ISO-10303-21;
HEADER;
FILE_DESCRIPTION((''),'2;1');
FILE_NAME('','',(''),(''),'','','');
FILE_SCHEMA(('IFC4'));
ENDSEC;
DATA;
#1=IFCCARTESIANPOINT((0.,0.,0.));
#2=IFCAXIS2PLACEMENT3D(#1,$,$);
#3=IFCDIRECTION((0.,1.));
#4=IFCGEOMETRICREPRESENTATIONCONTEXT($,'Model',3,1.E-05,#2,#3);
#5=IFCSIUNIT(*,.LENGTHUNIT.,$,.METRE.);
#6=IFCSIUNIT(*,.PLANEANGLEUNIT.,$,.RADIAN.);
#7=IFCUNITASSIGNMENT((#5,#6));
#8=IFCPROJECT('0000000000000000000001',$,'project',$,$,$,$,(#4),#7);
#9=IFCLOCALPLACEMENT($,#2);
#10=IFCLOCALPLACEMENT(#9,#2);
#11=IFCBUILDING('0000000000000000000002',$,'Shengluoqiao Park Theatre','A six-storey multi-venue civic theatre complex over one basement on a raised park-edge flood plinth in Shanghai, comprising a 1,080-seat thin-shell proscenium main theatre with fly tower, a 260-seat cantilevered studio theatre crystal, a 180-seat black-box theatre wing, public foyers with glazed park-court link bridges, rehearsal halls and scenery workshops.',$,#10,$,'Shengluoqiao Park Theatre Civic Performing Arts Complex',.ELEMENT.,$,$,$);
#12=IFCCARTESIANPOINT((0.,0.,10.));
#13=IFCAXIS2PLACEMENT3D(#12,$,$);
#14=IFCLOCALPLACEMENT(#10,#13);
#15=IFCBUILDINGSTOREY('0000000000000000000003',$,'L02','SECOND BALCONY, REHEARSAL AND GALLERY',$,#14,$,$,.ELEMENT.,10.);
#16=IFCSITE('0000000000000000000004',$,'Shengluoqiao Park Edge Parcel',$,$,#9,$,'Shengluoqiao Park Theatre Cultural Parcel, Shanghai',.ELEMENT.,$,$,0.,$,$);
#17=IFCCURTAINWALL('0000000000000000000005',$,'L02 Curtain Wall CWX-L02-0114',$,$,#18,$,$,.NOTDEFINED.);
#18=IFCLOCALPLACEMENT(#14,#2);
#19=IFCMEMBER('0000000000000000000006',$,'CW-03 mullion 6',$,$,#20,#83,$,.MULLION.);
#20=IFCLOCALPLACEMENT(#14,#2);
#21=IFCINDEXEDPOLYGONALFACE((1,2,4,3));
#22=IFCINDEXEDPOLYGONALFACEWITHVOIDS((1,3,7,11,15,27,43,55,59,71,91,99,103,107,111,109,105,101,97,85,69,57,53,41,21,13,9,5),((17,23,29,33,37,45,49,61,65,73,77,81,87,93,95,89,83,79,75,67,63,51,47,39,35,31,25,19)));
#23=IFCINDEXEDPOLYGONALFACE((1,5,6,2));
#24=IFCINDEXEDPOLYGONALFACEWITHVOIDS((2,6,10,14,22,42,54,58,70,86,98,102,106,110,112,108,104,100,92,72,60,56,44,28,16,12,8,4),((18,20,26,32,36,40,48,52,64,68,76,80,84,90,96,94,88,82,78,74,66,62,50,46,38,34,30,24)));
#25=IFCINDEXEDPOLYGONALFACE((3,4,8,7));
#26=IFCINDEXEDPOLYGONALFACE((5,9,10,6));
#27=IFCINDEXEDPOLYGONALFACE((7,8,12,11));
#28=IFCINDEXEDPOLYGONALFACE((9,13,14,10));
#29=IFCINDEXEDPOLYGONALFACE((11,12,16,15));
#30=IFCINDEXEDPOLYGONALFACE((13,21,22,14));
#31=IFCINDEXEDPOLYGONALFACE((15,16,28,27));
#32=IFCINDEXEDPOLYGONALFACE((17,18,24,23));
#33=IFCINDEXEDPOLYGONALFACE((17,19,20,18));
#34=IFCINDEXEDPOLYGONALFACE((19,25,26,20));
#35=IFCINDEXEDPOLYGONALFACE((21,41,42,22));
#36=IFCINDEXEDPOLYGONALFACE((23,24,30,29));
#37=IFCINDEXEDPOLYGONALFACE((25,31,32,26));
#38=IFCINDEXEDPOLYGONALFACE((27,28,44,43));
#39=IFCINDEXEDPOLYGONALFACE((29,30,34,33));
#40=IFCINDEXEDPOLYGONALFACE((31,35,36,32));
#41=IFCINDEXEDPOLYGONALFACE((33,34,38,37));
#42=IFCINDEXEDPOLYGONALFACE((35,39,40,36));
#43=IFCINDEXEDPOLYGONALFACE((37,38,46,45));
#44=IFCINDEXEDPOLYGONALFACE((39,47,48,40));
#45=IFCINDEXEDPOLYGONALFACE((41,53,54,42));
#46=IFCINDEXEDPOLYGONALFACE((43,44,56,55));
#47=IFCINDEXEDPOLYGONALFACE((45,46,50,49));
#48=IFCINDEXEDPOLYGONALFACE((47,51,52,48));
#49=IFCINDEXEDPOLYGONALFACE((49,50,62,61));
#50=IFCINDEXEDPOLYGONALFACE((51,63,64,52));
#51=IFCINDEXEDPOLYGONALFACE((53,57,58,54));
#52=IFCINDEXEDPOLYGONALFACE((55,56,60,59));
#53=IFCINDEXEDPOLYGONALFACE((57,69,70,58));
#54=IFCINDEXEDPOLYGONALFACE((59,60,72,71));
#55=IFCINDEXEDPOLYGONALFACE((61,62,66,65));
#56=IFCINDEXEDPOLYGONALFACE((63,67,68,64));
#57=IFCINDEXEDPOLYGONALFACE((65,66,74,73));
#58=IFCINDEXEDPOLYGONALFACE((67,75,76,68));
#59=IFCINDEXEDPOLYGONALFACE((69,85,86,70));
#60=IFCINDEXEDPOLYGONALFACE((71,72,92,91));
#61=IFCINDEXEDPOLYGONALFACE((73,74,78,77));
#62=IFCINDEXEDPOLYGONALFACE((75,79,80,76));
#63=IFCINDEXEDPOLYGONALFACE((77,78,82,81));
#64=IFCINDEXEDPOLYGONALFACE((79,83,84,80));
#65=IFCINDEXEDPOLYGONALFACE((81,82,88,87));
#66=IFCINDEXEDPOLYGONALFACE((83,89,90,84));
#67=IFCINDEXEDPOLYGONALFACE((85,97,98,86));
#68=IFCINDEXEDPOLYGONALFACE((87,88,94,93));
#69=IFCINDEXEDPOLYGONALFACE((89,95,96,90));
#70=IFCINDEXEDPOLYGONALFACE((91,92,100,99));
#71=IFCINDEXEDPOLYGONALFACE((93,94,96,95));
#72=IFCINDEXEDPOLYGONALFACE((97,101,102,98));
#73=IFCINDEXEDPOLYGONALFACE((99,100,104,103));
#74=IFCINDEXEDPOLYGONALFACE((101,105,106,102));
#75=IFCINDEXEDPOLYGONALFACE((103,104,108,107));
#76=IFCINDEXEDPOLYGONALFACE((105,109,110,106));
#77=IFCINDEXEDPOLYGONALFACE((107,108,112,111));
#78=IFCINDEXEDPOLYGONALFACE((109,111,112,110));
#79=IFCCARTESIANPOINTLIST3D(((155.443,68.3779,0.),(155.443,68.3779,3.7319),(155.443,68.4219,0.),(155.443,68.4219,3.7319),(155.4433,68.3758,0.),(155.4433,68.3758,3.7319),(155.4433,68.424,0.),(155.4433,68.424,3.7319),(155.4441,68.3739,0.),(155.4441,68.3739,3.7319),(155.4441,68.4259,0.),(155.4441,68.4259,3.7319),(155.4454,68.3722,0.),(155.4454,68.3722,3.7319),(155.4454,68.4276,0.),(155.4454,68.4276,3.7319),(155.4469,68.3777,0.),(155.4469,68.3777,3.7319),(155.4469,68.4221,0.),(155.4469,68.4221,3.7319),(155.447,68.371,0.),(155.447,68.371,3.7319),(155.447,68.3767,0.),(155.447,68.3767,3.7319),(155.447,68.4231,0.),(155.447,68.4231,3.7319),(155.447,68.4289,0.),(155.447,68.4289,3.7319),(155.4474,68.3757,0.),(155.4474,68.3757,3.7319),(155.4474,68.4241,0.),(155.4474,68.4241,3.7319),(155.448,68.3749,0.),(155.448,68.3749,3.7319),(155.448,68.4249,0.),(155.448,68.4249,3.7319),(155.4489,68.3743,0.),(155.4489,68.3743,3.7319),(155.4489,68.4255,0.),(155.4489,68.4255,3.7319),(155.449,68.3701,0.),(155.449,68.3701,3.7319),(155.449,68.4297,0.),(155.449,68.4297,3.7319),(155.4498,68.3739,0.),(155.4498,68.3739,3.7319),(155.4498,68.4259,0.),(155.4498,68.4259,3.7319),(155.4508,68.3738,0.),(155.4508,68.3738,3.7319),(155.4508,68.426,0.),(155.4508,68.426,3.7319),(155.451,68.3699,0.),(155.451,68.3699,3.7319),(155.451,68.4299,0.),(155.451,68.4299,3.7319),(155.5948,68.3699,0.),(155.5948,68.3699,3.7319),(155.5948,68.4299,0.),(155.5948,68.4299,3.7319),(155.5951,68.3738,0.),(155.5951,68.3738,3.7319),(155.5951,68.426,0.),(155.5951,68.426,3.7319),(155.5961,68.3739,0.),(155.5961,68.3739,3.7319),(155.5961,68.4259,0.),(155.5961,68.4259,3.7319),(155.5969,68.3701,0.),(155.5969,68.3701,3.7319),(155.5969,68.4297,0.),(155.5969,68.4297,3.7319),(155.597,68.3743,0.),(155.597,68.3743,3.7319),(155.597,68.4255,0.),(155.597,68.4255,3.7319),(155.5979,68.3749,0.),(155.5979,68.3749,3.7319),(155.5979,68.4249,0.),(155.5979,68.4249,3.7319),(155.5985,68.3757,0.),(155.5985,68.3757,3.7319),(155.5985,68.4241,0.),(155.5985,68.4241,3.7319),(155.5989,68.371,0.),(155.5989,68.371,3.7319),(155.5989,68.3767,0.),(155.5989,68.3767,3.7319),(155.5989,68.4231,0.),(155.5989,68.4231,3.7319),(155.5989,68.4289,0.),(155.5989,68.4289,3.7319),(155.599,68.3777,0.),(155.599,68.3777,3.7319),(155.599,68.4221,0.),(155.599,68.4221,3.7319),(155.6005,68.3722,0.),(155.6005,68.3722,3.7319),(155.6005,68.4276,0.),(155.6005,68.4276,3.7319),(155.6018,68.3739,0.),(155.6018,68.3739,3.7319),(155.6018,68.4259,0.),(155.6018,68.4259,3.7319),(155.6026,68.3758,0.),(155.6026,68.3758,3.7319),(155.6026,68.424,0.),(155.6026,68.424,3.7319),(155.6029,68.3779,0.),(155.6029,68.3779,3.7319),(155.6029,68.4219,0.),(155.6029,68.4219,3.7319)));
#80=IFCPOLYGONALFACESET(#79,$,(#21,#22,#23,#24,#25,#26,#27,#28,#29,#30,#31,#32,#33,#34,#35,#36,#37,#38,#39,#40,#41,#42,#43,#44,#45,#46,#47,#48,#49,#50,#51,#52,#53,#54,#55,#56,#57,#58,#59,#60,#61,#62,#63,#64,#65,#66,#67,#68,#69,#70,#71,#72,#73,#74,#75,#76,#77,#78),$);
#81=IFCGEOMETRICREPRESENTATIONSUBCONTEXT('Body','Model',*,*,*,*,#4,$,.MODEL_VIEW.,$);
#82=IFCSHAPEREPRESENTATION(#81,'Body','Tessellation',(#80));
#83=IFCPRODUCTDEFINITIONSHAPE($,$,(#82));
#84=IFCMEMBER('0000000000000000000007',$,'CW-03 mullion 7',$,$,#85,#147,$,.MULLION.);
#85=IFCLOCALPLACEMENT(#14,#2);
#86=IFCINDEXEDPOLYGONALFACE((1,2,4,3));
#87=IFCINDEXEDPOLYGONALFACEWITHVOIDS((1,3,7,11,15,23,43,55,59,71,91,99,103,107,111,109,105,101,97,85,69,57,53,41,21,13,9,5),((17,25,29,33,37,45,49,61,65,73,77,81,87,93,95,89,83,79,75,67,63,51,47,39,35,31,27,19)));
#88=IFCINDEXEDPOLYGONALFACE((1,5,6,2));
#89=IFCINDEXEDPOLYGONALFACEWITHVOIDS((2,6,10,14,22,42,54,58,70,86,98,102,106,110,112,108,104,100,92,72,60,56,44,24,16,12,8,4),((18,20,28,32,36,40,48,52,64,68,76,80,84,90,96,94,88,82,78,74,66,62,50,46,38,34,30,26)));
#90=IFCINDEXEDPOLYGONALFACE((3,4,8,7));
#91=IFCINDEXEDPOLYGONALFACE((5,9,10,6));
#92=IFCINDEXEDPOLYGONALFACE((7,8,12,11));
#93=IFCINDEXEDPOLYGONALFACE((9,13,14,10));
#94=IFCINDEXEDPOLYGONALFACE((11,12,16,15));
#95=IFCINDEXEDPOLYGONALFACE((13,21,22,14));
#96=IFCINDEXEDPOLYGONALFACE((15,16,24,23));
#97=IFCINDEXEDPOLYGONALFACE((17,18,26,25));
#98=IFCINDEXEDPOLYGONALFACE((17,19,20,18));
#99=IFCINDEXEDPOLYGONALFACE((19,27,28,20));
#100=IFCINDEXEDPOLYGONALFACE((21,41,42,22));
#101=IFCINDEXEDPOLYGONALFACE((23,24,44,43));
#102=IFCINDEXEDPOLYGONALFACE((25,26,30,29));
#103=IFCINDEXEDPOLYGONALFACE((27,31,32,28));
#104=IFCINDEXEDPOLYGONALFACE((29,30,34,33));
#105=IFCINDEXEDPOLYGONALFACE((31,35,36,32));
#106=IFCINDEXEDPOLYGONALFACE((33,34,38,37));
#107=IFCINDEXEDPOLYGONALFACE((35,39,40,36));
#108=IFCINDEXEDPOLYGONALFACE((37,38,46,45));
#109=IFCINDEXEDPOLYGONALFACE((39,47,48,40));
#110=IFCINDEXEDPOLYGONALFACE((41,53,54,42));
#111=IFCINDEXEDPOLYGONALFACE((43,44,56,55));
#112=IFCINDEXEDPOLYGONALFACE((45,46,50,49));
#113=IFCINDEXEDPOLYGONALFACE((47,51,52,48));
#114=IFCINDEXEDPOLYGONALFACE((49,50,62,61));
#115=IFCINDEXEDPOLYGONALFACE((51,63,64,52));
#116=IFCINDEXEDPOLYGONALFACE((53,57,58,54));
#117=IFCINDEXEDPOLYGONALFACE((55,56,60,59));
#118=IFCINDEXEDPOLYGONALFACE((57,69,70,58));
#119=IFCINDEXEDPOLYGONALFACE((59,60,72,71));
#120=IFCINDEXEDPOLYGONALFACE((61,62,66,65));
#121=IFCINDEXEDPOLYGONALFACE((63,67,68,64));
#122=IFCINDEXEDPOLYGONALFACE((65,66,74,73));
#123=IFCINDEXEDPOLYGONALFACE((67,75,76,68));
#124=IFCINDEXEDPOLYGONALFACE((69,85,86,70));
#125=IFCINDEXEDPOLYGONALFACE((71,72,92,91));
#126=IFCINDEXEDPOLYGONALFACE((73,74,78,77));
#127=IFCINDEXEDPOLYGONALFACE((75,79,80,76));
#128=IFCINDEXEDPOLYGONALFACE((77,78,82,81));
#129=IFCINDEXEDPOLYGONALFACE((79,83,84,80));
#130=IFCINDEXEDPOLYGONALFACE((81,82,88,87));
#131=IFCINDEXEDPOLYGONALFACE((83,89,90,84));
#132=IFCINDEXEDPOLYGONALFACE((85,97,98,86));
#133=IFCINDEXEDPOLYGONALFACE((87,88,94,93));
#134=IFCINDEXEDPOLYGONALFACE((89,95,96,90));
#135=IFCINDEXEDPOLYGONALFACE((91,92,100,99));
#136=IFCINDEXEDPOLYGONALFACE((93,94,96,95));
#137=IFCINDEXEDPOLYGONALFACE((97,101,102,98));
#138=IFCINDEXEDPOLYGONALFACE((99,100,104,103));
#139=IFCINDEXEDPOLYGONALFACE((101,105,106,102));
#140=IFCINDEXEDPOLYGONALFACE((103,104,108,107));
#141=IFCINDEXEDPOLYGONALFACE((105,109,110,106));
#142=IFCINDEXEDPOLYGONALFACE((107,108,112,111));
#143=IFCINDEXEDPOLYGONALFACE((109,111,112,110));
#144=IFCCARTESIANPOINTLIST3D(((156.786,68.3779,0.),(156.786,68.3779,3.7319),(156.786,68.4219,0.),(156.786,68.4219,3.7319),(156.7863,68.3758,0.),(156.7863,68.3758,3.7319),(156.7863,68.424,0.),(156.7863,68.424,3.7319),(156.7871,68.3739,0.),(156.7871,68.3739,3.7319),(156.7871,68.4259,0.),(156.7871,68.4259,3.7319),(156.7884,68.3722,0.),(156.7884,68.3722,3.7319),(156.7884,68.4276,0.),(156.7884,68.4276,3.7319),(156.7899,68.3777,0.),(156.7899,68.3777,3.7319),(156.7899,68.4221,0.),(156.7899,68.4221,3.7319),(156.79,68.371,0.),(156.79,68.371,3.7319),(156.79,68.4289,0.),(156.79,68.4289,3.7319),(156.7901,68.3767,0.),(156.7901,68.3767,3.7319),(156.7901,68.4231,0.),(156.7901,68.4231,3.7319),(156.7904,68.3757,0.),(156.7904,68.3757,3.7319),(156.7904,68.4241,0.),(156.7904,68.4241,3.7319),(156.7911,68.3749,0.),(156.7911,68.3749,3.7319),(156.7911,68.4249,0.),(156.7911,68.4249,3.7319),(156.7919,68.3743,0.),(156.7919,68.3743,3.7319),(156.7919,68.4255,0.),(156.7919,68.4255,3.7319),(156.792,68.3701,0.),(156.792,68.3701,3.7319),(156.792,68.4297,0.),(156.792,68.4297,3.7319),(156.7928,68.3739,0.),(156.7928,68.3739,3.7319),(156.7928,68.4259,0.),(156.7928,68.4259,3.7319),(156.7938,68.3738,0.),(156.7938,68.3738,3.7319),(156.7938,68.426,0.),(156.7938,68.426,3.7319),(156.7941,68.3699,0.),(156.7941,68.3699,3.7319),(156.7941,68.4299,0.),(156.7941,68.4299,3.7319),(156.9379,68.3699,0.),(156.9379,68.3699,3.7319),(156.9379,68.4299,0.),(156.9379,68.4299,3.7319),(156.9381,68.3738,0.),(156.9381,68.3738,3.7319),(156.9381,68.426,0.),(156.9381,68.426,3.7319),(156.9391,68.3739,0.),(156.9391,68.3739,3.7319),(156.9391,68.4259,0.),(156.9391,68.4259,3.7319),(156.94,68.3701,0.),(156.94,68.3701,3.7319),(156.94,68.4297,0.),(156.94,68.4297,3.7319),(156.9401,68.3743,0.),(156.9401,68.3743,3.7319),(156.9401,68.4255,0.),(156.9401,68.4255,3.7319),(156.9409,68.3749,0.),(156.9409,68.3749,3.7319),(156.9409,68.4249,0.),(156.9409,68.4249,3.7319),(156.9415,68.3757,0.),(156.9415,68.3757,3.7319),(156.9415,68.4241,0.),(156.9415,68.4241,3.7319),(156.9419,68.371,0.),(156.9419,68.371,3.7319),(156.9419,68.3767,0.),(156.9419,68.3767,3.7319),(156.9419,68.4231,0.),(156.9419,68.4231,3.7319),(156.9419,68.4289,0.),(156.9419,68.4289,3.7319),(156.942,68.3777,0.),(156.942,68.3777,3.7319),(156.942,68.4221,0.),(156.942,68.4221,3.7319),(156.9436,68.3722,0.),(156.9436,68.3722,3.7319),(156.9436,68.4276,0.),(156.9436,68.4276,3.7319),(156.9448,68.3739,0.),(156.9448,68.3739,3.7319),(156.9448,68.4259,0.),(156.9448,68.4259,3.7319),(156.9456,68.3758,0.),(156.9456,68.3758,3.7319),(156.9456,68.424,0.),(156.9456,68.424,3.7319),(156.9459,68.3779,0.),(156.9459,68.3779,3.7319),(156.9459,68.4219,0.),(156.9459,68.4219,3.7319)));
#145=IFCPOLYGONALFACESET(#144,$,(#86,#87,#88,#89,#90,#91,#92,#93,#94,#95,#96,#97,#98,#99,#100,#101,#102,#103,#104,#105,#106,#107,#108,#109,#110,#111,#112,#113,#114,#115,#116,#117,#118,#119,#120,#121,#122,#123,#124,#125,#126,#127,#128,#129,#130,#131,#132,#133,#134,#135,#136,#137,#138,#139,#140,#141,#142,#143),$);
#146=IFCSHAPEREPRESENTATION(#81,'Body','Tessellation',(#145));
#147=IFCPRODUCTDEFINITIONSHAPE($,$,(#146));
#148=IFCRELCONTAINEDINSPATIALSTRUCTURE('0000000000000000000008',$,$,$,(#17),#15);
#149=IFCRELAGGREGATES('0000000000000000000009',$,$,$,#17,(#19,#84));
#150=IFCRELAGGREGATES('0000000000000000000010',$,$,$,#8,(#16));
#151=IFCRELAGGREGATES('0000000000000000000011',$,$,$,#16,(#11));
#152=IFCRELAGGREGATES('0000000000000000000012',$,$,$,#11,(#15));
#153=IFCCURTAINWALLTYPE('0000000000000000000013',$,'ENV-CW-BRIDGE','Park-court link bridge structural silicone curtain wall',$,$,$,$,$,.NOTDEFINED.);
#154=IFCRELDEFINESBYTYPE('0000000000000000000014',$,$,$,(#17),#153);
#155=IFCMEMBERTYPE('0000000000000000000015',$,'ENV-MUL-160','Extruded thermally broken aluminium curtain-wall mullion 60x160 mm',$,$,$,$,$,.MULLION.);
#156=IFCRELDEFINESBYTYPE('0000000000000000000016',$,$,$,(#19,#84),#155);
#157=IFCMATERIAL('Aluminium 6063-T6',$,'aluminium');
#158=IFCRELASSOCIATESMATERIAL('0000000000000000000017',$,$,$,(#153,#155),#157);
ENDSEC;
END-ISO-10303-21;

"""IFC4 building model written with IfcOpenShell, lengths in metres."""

from ifc_helpers import new_model, si_unit, direction, frame, origin, origin_2d, place, context, subcontext, project, spatial, hollow_rectangle, extrude, material, material_profile, profile_set, type_object, element, aggregate, save


model = new_model("IFC4")

# Units and contexts
model_context = context("Model", 3, precision=1e-05, world=origin(), true_north=direction((0.0, 1.0)))
body_context = subcontext(model_context, "Body", "Model", "MODEL_VIEW")
ifc_project = project(units=[si_unit("LENGTHUNIT", "METRE"), si_unit("PLANEANGLEUNIT", "RADIAN")], contexts=[model_context])

# Site, building, storey
site_placement = place(None, origin())
site = spatial("IfcSite", under=ifc_project, at=site_placement, Name="Shengluoqiao Park Edge Parcel", LongName="Shengluoqiao Park Theatre Cultural Parcel, Shanghai", CompositionType="ELEMENT", RefElevation=0.0)
building_placement = place(site_placement, origin())
building = spatial("IfcBuilding", under=site, at=building_placement, Name="Shengluoqiao Park Theatre", Description="A six-storey multi-venue civic theatre complex over one basement on a raised park-edge flood plinth in Shanghai, comprising a 1,080-seat thin-shell proscenium main theatre with fly tower, a 260-seat cantilevered studio theatre crystal, a 180-seat black-box theatre wing, public foyers with glazed park-court link bridges, rehearsal halls and scenery workshops.", LongName="Shengluoqiao Park Theatre Civic Performing Arts Complex", CompositionType="ELEMENT")
storey_placement = place(building_placement, frame((0.0, 0.0, 10.0)))
storey = spatial("IfcBuildingStorey", under=building, at=storey_placement, Name="L02", Description="SECOND BALCONY, REHEARSAL AND GALLERY", CompositionType="ELEMENT", Elevation=10.0)

# Curtain wall, members
ifc_material_1 = material(Name="Aluminium 6063-T6", Category="aluminium")
curtain_wall_type = type_object("IfcCurtainWallType", Name="ENV-CW-BRIDGE", Description="Park-court link bridge structural silicone curtain wall", PredefinedType="NOTDEFINED", material=ifc_material_1)
curtain_wall_placement = place(storey_placement, origin())
curtain_wall = element("IfcCurtainWall", 1, at=curtain_wall_placement, inside=storey, type_object=curtain_wall_type, Name="L02 Curtain Wall CWX-L02-0114", PredefinedType="NOTDEFINED")
ifc_material_profile_1 = material_profile(ifc_material_1, hollow_rectangle(XDim=0.0601, YDim=0.1599, WallThickness=0.0039, InnerFilletRadius=0.0039, OuterFilletRadius=0.0081, at=origin_2d()), Name="ALU MULLION 160x60x4")
ifc_profile_set_1 = profile_set([ifc_material_profile_1], Name="Aluminium 6063-T6")
member_type_1 = type_object("IfcMemberType", Name="ENV-MUL-160", Description="Extruded thermally broken aluminium curtain-wall mullion 60x160 mm", PredefinedType="MULLION", material=ifc_profile_set_1)
member_1_placement = place(storey_placement, frame((155.5229, 68.3999, 0.0), z_axis=(0.0, 0.0, 1.0), x_axis=(0.0, 1.0, 0.0)))
member_1 = element("IfcMember", 2, at=member_1_placement, type_object=member_type_1, Name="CW-03 mullion 6", PredefinedType="MULLION", context=body_context, shape_type="SweptSolid", body=[
    extrude(hollow_rectangle(XDim=0.0601, YDim=0.1599, WallThickness=0.0039, InnerFilletRadius=0.0039, OuterFilletRadius=0.0081, at=origin_2d()), origin(), (0.0, 0.0, 1.0), 3.7319),
])
member_2_placement = place(storey_placement, frame((156.866, 68.3999, 0.0), z_axis=(0.0, 0.0, 1.0), x_axis=(0.0, 1.0, 0.0)))
member_2 = element("IfcMember", 3, at=member_2_placement, type_object=member_type_1, Name="CW-03 mullion 7", PredefinedType="MULLION", context=body_context, shape_type="SweptSolid", body=[
    extrude(hollow_rectangle(XDim=0.0601, YDim=0.1599, WallThickness=0.0039, InnerFilletRadius=0.0039, OuterFilletRadius=0.0081, at=origin_2d()), origin(), (0.0, 0.0, 1.0), 3.7319),
])

aggregate(curtain_wall, [member_1, member_2])

save(model, "model.ifc")
